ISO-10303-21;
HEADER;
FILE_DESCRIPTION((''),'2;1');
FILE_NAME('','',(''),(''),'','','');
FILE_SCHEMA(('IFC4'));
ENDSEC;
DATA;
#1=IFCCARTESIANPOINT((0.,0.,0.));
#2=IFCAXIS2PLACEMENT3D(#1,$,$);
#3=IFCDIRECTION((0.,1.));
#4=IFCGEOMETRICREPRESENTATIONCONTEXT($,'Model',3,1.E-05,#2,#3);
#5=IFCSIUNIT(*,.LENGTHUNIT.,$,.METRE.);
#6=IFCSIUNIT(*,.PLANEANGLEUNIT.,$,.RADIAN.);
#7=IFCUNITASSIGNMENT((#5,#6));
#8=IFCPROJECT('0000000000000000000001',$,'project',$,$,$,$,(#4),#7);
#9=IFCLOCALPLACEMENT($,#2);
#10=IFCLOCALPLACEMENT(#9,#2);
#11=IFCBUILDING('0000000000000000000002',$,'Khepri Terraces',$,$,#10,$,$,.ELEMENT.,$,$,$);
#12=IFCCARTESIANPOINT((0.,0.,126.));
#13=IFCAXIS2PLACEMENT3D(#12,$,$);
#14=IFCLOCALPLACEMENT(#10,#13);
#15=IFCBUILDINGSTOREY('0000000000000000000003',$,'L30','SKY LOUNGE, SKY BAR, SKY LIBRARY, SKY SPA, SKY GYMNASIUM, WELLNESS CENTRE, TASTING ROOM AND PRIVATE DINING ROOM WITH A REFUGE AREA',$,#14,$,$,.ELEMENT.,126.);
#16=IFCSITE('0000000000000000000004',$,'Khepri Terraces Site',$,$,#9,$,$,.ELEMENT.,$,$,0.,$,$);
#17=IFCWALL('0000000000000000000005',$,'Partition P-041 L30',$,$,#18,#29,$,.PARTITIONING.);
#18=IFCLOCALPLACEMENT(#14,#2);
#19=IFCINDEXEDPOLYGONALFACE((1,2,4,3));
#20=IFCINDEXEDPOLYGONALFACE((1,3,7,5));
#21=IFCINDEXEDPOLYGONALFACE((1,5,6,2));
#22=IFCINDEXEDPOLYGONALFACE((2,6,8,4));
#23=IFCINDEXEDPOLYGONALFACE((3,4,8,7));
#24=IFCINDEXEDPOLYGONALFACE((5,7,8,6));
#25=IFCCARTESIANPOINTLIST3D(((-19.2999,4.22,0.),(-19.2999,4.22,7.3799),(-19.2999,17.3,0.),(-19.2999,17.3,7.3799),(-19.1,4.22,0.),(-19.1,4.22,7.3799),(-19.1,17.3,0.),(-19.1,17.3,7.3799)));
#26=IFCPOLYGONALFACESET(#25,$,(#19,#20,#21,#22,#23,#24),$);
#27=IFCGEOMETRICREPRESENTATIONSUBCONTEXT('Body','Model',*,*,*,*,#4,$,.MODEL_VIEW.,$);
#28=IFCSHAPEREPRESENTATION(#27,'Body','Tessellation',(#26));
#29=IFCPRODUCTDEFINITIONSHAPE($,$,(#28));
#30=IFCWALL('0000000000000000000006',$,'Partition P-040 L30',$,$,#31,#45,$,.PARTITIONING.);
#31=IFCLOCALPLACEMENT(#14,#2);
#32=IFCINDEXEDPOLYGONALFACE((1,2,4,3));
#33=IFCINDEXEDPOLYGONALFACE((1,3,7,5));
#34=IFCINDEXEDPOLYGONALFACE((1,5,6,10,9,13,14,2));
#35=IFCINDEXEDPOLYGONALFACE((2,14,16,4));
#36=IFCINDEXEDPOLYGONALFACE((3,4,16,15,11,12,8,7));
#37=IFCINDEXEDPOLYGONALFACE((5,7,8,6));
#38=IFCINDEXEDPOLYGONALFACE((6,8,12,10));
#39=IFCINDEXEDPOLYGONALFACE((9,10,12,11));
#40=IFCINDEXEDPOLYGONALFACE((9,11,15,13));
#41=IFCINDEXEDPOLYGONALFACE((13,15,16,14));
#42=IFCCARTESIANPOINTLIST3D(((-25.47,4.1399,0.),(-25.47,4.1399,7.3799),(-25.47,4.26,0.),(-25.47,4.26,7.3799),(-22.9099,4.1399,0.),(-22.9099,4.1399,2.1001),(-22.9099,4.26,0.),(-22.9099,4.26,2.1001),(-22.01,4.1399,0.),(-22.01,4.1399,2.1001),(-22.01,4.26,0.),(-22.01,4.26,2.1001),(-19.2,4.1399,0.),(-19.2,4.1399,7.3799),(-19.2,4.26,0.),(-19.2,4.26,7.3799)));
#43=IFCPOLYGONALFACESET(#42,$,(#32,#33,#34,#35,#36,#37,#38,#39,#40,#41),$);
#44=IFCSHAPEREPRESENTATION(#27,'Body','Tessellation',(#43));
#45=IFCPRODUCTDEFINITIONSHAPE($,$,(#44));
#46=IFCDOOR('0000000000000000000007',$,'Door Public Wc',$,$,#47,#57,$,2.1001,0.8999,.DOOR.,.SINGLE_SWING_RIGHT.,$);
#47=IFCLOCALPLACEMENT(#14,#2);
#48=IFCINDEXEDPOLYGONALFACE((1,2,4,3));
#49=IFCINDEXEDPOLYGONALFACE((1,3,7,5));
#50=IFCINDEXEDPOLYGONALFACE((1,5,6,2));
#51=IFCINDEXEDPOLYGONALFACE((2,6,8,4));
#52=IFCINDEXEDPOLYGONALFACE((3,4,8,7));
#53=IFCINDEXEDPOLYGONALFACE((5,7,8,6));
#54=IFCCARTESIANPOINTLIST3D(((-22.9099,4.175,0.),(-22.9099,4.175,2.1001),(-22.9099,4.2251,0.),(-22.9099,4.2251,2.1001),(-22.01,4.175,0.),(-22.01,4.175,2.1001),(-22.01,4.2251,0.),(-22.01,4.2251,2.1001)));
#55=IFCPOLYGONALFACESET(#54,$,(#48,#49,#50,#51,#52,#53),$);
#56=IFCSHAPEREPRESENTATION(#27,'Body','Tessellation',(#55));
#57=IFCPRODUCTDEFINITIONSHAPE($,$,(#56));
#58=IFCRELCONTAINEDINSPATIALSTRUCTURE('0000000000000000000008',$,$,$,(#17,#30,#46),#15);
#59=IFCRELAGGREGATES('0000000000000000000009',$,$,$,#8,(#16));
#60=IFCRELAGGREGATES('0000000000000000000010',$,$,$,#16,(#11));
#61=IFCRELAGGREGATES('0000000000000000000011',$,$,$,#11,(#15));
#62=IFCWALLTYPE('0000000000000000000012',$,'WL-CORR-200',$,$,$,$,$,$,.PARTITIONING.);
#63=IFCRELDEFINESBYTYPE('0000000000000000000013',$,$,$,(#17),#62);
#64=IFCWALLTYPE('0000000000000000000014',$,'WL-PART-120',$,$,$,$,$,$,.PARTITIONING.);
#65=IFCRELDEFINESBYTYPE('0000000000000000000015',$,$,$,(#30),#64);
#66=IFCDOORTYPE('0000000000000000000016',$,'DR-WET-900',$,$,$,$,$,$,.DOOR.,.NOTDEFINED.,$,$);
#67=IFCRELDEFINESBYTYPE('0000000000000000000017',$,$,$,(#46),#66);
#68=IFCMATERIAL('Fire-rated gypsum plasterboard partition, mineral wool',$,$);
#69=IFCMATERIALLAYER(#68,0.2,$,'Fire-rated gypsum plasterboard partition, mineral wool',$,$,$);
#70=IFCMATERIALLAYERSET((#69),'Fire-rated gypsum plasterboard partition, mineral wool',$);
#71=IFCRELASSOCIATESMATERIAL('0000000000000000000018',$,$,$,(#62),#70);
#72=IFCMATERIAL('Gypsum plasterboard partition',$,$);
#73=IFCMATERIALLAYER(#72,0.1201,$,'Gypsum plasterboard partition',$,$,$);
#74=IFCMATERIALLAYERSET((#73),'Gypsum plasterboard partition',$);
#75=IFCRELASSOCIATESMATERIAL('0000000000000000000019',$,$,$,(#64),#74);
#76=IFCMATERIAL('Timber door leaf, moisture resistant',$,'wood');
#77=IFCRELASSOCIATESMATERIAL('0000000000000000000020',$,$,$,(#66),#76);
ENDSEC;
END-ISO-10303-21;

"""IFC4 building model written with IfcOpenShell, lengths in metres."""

from ifc_helpers import new_model, si_unit, direction, frame, frame_2d, origin, place, context, subcontext, project, spatial, rectangle, extrude, material, layer, layer_set, type_object, element, fill, save


model = new_model("IFC4")

# Units and contexts
model_context = context("Model", 3, precision=1e-05, world=origin(), true_north=direction((0.0, 1.0)))
body_context = subcontext(model_context, "Body", "Model", "MODEL_VIEW")
ifc_project = project(units=[si_unit("LENGTHUNIT", "METRE"), si_unit("PLANEANGLEUNIT", "RADIAN")], contexts=[model_context])

# Site, building, storey
site_placement = place(None, origin())
site = spatial("IfcSite", under=ifc_project, at=site_placement, Name="Khepri Terraces Site", CompositionType="ELEMENT", RefElevation=0.0)
building_placement = place(site_placement, origin())
building = spatial("IfcBuilding", under=site, at=building_placement, Name="Khepri Terraces", CompositionType="ELEMENT")
storey_placement = place(building_placement, frame((0.0, 0.0, 126.0)))
storey = spatial("IfcBuildingStorey", under=building, at=storey_placement, Name="L30", Description="SKY LOUNGE, SKY BAR, SKY LIBRARY, SKY SPA, SKY GYMNASIUM, WELLNESS CENTRE, TASTING ROOM AND PRIVATE DINING ROOM WITH A REFUGE AREA", CompositionType="ELEMENT", Elevation=126.0)

# Wall
ifc_material_1 = material(Name="Fire-rated gypsum plasterboard partition, mineral wool")
ifc_layer_1 = layer(ifc_material_1, 0.2, Name="Fire-rated gypsum plasterboard partition, mineral wool")
ifc_layer_set_1 = layer_set([ifc_layer_1], Name="Fire-rated gypsum plasterboard partition, mineral wool")
wall_type_1 = type_object("IfcWallType", Name="WL-CORR-200", PredefinedType="PARTITIONING", material=ifc_layer_set_1)
wall_1_placement = place(storey_placement, frame((-19.2, 4.22, 0.0), z_axis=(0.0, 0.0, 1.0), x_axis=(0.0, 1.0, 0.0)))
element("IfcWall", 1, at=wall_1_placement, inside=storey, type_object=wall_type_1, Name="Partition P-041 L30", PredefinedType="PARTITIONING", context=body_context, shape_type="SweptSolid", body=[
    extrude(rectangle(XDim=13.0801, YDim=0.2, at=frame_2d((6.54, 0.0))), origin(), (0.0, 0.0, 1.0), 7.3799),
])

# Wall, opening, door
ifc_material_2 = material(Name="Gypsum plasterboard partition")
ifc_layer_2 = layer(ifc_material_2, 0.1201, Name="Gypsum plasterboard partition")
ifc_layer_set_2 = layer_set([ifc_layer_2], Name="Gypsum plasterboard partition")
wall_type_2 = type_object("IfcWallType", Name="WL-PART-120", PredefinedType="PARTITIONING", material=ifc_layer_set_2)
wall_2_placement = place(storey_placement, frame((-25.47, 4.2, 0.0), z_axis=(0.0, 0.0, 1.0), x_axis=(1.0, 0.0, 0.0)))
wall_2 = element("IfcWall", 2, at=wall_2_placement, inside=storey, type_object=wall_type_2, Name="Partition P-040 L30", PredefinedType="PARTITIONING", context=body_context, shape_type="SweptSolid", body=[
    extrude(rectangle(XDim=6.27, YDim=0.1201, at=frame_2d((3.135, 0.0))), origin(), (0.0, 0.0, 1.0), 7.3799),
])
opening_placement = place(wall_2_placement, frame((2.5601, 0.0, 0.0)))
opening = element("IfcOpeningElement", 3, at=opening_placement, cuts=wall_2, PredefinedType="OPENING", context=body_context, shape_type="SweptSolid", body=[
    extrude(rectangle(XDim=0.8999, YDim=2.1001, at=frame_2d((0.45, 1.05))), frame((0.0, 0.0701, 0.0), z_axis=(0.0, -1.0, 0.0), x_axis=(1.0, 0.0, 0.0)), (0.0, 0.0, 1.0), 0.1401),
])
ifc_material_3 = material(Name="Timber door leaf, moisture resistant", Category="wood")
door_type = type_object("IfcDoorType", Name="DR-WET-900", OperationType="NOTDEFINED", PredefinedType="DOOR", material=ifc_material_3)
door_placement = place(opening_placement, frame((0.8999, 0.0, 0.0), z_axis=(0.0, 0.0, 1.0), x_axis=(-1.0, 0.0, 0.0)))
door = element("IfcDoor", 4, at=door_placement, inside=storey, type_object=door_type, Name="Door Public Wc", OperationType="SINGLE_SWING_RIGHT", OverallHeight=2.1001, OverallWidth=0.8999, PredefinedType="DOOR", context=body_context, shape_type="SweptSolid", body=[
    extrude(rectangle(XDim=0.8999, YDim=2.1001, at=frame_2d((0.45, 1.05))), frame((0.0, 0.0249, 0.0), z_axis=(0.0, -1.0, 0.0), x_axis=(1.0, 0.0, 0.0)), (0.0, 0.0, 1.0), 0.05),
])
fill(opening, door)

save(model, "model.ifc")
